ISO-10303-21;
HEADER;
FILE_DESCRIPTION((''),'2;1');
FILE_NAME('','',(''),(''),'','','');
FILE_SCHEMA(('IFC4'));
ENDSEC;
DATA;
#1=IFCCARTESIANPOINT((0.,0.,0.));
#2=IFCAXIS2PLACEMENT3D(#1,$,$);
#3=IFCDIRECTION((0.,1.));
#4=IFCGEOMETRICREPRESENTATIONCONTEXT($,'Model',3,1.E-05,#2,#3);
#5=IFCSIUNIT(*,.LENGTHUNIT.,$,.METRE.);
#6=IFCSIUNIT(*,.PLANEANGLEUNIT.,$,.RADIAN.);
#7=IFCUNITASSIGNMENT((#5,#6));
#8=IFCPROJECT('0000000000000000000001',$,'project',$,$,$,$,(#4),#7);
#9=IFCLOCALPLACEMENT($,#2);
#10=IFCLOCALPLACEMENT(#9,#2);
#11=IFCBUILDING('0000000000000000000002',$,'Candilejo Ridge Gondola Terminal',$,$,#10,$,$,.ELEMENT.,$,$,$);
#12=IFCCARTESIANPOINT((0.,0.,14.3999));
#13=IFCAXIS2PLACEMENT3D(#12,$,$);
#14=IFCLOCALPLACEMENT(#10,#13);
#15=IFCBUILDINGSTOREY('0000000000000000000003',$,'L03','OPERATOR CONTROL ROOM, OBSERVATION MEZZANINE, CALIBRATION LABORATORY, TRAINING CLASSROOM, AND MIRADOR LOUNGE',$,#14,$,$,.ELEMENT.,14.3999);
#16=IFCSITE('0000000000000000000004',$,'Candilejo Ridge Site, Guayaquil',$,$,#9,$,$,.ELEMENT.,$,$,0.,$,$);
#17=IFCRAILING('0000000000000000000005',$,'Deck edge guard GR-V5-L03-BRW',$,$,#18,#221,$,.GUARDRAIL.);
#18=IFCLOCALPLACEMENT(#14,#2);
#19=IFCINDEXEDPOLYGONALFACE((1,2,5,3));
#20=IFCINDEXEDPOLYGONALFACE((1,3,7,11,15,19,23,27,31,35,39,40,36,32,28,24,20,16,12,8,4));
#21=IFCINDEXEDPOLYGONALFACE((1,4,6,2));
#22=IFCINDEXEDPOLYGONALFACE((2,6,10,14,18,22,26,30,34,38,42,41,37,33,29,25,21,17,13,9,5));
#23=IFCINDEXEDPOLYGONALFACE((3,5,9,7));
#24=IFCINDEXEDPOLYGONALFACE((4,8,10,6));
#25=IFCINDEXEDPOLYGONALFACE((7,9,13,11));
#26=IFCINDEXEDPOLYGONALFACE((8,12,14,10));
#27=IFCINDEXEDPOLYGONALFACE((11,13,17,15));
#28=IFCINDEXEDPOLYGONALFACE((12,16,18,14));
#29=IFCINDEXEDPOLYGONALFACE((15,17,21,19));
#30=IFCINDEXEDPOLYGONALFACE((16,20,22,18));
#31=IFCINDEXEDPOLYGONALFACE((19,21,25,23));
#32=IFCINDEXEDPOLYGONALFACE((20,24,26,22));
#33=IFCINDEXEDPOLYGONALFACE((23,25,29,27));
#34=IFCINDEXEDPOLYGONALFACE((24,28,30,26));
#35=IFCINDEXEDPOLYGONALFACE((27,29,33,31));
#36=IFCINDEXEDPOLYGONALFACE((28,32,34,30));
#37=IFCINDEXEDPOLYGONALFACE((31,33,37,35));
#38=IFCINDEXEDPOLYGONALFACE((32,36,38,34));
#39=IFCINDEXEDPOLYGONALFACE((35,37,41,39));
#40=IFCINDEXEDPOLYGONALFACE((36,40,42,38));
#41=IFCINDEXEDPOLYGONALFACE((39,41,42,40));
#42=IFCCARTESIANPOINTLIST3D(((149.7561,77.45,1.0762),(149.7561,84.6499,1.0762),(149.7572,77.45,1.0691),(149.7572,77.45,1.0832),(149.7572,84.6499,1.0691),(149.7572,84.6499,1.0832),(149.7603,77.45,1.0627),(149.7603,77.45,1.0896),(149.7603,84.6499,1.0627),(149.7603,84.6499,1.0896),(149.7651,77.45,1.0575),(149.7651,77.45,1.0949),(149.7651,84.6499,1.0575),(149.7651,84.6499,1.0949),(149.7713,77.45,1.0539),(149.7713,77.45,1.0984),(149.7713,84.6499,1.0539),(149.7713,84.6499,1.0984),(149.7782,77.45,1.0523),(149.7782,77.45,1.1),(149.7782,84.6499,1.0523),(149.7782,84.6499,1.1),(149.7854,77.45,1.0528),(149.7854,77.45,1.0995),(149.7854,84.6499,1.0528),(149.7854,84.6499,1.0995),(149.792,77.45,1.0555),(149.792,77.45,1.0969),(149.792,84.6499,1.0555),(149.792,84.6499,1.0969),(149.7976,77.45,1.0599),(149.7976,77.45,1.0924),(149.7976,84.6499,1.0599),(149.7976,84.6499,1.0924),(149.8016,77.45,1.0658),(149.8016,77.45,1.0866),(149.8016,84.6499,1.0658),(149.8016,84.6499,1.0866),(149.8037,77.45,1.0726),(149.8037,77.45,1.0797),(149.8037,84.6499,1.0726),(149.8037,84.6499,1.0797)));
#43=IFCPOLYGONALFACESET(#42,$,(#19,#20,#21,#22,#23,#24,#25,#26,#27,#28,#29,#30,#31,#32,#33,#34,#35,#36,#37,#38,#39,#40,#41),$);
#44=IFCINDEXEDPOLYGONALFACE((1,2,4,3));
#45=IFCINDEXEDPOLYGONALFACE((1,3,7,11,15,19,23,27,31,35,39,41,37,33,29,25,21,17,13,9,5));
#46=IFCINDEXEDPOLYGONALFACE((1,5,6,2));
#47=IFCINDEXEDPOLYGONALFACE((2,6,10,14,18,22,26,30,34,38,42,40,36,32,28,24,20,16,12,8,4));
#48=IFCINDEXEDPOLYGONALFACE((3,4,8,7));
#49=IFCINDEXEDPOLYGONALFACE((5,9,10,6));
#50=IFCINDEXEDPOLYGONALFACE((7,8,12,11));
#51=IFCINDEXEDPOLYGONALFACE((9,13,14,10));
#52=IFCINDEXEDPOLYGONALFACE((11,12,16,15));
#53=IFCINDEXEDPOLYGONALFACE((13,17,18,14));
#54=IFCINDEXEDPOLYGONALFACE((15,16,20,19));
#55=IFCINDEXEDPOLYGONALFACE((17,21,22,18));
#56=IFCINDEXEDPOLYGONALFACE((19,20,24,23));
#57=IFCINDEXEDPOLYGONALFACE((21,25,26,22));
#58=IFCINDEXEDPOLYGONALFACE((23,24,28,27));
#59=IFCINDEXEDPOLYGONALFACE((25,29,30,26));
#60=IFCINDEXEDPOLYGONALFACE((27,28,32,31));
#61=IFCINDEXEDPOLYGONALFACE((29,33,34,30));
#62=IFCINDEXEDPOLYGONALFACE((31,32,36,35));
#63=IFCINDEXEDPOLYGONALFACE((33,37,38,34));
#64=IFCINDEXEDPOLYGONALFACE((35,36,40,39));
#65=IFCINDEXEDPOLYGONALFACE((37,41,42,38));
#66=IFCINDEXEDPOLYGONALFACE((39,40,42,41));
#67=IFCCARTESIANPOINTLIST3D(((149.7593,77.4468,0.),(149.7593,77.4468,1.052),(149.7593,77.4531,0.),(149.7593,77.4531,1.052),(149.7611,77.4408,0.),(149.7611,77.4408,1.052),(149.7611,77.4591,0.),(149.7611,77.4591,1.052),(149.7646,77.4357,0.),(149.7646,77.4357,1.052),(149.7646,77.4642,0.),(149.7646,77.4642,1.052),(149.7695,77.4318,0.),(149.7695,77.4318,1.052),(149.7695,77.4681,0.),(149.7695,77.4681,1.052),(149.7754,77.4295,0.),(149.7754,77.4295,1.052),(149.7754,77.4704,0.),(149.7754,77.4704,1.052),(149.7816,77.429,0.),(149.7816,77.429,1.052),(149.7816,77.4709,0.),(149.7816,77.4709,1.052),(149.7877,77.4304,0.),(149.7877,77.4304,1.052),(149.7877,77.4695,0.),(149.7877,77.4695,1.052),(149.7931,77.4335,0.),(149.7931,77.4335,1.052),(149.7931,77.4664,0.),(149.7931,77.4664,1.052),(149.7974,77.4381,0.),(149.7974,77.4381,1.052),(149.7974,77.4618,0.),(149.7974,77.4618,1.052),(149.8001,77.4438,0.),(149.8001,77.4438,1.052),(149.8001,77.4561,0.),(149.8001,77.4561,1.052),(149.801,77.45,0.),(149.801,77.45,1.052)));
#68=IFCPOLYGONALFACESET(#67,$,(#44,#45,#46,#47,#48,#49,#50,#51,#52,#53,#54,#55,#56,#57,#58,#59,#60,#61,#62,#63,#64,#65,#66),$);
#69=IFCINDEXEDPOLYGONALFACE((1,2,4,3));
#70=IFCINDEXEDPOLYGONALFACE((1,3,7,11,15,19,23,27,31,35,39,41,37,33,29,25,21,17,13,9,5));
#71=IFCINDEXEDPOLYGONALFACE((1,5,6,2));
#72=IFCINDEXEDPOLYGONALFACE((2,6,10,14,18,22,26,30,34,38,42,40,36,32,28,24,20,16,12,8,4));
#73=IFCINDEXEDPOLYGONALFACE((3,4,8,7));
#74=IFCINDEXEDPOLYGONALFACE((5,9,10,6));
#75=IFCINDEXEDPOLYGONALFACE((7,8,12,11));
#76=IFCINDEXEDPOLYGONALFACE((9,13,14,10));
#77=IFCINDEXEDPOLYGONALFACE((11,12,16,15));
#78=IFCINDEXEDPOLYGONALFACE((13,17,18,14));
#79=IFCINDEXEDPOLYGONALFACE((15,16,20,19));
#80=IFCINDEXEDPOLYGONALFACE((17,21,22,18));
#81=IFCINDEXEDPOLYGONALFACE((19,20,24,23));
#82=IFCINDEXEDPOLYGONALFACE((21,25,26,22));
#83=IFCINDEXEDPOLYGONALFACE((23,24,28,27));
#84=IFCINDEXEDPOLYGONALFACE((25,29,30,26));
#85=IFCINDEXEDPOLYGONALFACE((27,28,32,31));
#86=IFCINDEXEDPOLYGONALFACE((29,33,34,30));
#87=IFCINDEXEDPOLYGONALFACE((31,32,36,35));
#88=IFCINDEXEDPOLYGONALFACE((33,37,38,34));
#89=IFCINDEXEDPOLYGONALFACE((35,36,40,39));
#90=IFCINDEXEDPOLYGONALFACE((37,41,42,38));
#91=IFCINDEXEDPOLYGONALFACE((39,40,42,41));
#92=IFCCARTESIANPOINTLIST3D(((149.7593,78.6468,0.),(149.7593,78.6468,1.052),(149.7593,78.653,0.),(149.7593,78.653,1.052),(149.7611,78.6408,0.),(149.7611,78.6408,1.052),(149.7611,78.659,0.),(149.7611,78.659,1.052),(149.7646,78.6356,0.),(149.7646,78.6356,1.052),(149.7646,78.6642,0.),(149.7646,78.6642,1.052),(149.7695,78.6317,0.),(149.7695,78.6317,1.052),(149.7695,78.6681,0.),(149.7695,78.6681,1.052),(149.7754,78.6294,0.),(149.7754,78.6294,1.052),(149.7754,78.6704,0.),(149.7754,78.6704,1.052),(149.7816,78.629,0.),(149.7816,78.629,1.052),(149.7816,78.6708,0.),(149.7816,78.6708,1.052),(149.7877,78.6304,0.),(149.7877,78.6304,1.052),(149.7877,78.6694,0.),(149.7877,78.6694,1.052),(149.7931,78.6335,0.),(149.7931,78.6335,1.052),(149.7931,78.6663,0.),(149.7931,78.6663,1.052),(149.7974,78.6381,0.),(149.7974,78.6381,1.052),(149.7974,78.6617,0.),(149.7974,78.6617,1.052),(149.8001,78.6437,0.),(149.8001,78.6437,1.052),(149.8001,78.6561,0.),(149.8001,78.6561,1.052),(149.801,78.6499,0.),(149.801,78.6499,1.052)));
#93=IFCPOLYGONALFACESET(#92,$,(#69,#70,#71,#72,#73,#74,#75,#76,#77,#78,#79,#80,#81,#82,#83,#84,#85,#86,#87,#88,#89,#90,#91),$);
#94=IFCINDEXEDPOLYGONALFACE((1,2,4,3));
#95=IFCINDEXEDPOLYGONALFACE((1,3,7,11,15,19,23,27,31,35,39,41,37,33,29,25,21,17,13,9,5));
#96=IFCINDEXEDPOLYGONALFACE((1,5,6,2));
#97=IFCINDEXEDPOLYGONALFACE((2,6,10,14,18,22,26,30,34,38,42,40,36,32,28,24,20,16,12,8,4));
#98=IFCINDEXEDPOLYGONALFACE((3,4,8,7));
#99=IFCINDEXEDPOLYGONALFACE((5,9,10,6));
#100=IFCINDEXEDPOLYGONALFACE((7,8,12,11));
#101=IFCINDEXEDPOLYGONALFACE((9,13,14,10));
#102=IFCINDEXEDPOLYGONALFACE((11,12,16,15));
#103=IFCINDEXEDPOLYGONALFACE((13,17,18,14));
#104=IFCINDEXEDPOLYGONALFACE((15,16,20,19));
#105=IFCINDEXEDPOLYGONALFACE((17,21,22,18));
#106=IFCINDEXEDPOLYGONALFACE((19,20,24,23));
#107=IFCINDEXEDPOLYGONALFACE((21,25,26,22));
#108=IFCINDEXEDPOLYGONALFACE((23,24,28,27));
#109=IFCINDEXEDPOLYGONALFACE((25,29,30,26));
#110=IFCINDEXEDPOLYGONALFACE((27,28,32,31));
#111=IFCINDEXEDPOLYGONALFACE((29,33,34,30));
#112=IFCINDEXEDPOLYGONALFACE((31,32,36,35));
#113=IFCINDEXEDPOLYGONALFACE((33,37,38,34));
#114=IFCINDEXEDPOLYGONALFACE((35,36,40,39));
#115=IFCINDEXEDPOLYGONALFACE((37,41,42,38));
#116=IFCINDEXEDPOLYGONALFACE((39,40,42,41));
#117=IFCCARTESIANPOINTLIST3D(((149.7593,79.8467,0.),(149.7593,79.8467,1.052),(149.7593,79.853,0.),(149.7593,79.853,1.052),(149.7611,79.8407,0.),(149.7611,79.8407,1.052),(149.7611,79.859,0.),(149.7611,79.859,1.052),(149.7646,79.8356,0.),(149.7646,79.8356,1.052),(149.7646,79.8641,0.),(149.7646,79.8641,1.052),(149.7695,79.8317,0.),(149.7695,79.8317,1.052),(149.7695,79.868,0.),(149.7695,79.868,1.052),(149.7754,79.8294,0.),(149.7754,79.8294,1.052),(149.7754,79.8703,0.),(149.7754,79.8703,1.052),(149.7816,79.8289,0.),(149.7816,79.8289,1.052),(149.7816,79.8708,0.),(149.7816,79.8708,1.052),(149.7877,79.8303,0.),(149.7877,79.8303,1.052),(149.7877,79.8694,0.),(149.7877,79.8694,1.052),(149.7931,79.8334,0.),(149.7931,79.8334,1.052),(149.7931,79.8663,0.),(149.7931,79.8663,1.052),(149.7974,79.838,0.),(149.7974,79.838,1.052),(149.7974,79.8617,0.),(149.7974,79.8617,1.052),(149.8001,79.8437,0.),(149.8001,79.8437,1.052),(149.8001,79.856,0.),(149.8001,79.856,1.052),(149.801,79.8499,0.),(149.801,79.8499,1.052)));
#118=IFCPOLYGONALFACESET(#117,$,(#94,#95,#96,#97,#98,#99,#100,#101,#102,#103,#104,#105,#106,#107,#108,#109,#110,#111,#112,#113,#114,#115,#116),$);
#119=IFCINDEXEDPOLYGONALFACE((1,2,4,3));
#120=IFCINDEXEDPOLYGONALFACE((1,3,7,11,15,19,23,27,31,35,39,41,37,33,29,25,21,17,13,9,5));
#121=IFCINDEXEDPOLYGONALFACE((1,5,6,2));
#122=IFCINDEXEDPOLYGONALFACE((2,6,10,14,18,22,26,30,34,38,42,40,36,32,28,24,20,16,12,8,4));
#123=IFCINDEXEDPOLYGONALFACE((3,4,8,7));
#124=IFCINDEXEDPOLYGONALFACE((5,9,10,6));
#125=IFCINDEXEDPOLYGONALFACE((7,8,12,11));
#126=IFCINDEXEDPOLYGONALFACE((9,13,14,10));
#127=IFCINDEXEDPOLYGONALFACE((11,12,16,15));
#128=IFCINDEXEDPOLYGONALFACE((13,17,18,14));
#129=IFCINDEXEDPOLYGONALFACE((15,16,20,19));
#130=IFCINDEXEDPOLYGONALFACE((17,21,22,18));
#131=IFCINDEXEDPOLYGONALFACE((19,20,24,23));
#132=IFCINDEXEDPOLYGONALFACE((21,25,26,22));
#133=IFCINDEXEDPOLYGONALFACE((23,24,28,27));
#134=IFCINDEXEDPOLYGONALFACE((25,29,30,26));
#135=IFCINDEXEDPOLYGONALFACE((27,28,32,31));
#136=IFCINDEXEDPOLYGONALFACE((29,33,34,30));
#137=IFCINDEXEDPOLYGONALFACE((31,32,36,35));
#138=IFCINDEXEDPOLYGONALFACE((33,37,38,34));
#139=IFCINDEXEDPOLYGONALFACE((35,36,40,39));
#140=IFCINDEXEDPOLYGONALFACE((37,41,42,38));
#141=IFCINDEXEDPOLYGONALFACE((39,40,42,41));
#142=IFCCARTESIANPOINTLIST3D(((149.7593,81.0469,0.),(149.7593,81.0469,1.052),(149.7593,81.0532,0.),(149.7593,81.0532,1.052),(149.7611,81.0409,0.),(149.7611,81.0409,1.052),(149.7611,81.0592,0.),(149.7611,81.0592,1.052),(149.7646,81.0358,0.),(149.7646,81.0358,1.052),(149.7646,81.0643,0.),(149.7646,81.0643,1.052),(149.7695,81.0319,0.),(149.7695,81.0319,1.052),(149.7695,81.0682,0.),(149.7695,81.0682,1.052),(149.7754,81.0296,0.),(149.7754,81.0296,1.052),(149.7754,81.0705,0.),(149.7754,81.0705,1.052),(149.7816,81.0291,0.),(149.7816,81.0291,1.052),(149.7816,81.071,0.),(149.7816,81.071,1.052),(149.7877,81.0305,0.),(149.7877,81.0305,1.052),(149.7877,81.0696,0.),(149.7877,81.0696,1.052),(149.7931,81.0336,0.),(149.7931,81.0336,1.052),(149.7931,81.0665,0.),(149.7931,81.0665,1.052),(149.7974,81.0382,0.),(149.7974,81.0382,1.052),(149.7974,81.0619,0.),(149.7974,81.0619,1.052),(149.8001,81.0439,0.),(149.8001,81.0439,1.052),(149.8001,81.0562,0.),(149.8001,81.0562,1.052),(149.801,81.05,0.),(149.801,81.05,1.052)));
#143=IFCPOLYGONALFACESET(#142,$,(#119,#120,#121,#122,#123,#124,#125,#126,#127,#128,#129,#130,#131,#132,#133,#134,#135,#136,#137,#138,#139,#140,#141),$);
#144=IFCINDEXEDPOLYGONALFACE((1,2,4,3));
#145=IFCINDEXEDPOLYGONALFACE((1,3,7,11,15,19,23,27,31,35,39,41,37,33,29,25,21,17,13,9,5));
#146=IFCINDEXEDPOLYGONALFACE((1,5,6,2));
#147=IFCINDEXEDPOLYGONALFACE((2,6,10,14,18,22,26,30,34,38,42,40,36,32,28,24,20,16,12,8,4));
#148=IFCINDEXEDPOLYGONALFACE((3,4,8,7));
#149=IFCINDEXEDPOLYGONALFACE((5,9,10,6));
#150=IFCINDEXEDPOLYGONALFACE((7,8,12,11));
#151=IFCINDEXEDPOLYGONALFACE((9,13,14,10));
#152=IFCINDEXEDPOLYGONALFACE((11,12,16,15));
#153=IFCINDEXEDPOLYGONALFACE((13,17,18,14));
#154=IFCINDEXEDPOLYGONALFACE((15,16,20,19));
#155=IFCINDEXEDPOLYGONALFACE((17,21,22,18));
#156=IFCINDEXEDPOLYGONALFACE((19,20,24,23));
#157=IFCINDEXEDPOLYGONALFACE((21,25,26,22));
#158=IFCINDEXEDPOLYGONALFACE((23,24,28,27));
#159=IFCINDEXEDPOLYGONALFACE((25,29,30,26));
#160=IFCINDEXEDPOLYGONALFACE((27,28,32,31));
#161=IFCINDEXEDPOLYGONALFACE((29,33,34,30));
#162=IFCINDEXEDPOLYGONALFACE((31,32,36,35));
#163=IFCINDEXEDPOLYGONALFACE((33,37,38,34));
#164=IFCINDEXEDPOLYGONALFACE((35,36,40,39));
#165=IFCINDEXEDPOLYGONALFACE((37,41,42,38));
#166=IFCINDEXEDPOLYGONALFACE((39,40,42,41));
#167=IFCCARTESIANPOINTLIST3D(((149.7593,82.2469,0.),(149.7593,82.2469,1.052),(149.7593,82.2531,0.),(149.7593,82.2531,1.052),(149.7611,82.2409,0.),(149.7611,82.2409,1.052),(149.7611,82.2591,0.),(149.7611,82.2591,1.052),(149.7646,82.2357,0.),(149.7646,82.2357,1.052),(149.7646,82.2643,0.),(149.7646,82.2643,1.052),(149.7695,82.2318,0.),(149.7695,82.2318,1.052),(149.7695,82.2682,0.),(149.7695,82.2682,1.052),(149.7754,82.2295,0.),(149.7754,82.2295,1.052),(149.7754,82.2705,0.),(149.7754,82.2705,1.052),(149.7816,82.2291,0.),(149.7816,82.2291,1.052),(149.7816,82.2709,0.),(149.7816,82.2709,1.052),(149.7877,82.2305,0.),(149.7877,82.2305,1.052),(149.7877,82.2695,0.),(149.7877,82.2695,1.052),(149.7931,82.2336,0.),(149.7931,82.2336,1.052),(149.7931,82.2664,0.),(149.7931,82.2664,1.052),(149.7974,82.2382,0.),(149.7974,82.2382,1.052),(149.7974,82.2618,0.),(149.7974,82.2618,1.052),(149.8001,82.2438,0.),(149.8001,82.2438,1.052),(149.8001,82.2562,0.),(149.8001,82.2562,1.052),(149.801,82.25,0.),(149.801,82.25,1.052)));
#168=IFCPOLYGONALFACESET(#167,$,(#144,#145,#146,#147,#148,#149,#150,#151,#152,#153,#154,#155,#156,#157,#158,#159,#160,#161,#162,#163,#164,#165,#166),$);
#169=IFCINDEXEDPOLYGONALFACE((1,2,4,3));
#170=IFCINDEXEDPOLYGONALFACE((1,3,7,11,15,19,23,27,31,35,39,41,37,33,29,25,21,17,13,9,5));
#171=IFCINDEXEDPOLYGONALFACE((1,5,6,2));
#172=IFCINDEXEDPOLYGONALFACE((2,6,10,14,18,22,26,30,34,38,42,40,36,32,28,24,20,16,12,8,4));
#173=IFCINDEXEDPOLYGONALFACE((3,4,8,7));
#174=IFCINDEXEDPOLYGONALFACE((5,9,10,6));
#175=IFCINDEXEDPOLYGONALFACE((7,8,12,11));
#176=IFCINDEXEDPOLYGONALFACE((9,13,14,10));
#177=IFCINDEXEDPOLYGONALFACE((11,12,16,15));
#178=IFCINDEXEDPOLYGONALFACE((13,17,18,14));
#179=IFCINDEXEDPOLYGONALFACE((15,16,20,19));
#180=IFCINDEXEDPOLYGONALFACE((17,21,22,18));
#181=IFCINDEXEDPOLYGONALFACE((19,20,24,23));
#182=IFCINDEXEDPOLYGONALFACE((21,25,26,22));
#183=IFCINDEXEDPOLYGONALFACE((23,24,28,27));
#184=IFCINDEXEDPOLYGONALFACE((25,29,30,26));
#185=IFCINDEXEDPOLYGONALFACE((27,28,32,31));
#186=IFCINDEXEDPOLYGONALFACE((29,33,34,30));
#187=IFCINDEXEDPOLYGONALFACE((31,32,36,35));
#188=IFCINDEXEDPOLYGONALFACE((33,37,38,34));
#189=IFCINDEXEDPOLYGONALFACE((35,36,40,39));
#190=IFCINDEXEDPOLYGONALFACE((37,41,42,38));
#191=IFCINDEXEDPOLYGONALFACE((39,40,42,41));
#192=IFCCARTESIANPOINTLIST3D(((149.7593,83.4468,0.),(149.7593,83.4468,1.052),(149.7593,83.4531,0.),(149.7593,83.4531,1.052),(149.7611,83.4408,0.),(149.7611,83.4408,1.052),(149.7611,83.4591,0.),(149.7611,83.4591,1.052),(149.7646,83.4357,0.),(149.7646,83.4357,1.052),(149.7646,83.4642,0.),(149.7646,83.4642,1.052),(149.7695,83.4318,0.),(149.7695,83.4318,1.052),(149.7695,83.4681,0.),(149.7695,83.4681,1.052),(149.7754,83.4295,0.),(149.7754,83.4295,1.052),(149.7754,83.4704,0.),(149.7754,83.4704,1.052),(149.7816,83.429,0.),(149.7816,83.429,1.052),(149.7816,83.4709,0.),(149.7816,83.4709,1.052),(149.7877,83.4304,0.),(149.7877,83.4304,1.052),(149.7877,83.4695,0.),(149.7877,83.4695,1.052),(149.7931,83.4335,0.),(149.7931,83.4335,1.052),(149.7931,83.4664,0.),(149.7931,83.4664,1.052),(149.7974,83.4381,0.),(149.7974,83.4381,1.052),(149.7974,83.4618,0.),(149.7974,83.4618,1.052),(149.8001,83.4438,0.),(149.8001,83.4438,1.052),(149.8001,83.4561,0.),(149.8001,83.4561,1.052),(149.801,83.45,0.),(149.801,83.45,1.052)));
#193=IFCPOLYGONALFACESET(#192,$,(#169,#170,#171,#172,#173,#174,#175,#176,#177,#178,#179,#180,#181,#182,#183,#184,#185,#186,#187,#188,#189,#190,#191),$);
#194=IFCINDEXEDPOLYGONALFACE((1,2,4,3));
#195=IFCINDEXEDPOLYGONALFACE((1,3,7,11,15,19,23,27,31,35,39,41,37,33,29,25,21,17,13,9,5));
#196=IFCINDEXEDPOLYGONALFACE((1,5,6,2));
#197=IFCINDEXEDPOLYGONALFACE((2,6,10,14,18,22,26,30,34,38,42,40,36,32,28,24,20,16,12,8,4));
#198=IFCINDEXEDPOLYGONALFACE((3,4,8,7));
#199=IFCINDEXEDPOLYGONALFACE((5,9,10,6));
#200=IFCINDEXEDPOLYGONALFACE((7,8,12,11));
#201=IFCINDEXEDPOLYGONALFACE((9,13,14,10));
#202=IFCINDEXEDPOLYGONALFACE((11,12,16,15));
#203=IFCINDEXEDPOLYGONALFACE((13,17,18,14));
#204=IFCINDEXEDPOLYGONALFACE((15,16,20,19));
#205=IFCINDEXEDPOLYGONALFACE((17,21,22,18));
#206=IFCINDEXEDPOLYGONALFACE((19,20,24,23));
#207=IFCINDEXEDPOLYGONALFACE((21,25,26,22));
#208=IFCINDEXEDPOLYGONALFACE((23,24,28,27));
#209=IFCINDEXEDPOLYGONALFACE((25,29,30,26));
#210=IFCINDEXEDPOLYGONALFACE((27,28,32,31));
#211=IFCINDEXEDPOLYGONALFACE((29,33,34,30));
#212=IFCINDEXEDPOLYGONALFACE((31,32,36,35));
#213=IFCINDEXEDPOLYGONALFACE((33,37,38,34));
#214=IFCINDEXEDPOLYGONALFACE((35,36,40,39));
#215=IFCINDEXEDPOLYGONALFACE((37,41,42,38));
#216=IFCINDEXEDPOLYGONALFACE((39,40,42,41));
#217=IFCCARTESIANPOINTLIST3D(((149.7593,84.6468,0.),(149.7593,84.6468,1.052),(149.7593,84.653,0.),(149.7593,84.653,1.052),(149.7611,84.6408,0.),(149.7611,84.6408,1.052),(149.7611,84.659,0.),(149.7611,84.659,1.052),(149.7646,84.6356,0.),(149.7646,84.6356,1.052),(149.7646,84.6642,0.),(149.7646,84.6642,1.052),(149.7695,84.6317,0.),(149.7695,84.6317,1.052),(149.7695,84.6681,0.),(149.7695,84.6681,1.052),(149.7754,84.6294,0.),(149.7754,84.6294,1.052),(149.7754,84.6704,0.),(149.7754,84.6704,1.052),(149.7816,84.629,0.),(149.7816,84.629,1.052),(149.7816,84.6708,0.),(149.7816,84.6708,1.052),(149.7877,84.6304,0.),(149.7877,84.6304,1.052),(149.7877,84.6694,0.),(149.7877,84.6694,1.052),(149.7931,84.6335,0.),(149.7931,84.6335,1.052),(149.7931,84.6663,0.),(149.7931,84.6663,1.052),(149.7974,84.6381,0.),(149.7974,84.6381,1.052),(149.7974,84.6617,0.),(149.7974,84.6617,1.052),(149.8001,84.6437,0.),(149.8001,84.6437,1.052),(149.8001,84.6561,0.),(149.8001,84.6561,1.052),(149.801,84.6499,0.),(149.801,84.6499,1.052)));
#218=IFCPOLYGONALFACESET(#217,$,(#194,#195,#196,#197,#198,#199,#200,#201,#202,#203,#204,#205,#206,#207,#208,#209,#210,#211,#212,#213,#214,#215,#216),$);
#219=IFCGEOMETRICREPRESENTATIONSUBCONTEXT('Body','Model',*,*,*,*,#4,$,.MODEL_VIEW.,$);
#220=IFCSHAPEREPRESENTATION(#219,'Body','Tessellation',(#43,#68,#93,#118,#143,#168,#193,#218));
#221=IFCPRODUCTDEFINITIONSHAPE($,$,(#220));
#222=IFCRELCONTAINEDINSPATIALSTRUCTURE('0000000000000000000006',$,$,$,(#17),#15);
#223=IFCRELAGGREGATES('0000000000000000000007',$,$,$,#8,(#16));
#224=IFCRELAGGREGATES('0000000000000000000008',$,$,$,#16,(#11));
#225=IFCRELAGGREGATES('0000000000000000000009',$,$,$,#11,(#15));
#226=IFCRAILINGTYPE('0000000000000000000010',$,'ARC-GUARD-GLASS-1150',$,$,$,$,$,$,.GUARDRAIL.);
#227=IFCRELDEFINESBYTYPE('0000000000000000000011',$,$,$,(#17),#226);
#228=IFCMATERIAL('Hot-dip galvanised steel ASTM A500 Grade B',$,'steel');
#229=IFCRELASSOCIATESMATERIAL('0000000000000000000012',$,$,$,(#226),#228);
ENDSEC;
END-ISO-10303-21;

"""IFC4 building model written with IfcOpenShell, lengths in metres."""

from ifc_helpers import new_model, si_unit, direction, frame, origin, origin_2d, place, context, subcontext, project, spatial, circle, extrude, material, type_object, element, save


model = new_model("IFC4")

# Units and contexts
model_context = context("Model", 3, precision=1e-05, world=origin(), true_north=direction((0.0, 1.0)))
body_context = subcontext(model_context, "Body", "Model", "MODEL_VIEW")
ifc_project = project(units=[si_unit("LENGTHUNIT", "METRE"), si_unit("PLANEANGLEUNIT", "RADIAN")], contexts=[model_context])

# Site, building, storey
site_placement = place(None, origin())
site = spatial("IfcSite", under=ifc_project, at=site_placement, Name="Candilejo Ridge Site, Guayaquil", CompositionType="ELEMENT", RefElevation=0.0)
building_placement = place(site_placement, origin())
building = spatial("IfcBuilding", under=site, at=building_placement, Name="Candilejo Ridge Gondola Terminal", CompositionType="ELEMENT")
storey_placement = place(building_placement, frame((0.0, 0.0, 14.3999)))
storey = spatial("IfcBuildingStorey", under=building, at=storey_placement, Name="L03", Description="OPERATOR CONTROL ROOM, OBSERVATION MEZZANINE, CALIBRATION LABORATORY, TRAINING CLASSROOM, AND MIRADOR LOUNGE", CompositionType="ELEMENT", Elevation=14.3999)

# Railing
ifc_material_1 = material(Name="Hot-dip galvanised steel ASTM A500 Grade B", Category="steel")
railing_type = type_object("IfcRailingType", Name="ARC-GUARD-GLASS-1150", PredefinedType="GUARDRAIL", material=ifc_material_1)
railing_placement = place(storey_placement, frame((149.78, 77.45, 0.0)))
element("IfcRailing", 1, at=railing_placement, inside=storey, type_object=railing_type, Name="Deck edge guard GR-V5-L03-BRW", PredefinedType="GUARDRAIL", context=body_context, shape_type="SweptSolid", body=[
    extrude(circle(Radius=0.0239, at=origin_2d()), frame((0.0, 0.0, 1.0762), z_axis=(0.0, 1.0, 0.0), x_axis=(-1.0, 0.0, 0.0)), (0.0, 0.0, 1.0), 7.2),
    extrude(circle(Radius=0.021, at=origin_2d()), origin(), (0.0, 0.0, 1.0), 1.052),
    extrude(circle(Radius=0.021, at=origin_2d()), frame((0.0, 1.2, 0.0)), (0.0, 0.0, 1.0), 1.052),
    extrude(circle(Radius=0.021, at=origin_2d()), frame((0.0, 2.3999, 0.0)), (0.0, 0.0, 1.0), 1.052),
    extrude(circle(Radius=0.021, at=origin_2d()), frame((0.0, 3.6001, 0.0)), (0.0, 0.0, 1.0), 1.052),
    extrude(circle(Radius=0.021, at=origin_2d()), frame((0.0, 4.8, 0.0)), (0.0, 0.0, 1.0), 1.052),
    extrude(circle(Radius=0.021, at=origin_2d()), frame((0.0, 6.0, 0.0)), (0.0, 0.0, 1.0), 1.052),
    extrude(circle(Radius=0.021, at=origin_2d()), frame((0.0, 7.2, 0.0)), (0.0, 0.0, 1.0), 1.052),
])

save(model, "model.ifc")
